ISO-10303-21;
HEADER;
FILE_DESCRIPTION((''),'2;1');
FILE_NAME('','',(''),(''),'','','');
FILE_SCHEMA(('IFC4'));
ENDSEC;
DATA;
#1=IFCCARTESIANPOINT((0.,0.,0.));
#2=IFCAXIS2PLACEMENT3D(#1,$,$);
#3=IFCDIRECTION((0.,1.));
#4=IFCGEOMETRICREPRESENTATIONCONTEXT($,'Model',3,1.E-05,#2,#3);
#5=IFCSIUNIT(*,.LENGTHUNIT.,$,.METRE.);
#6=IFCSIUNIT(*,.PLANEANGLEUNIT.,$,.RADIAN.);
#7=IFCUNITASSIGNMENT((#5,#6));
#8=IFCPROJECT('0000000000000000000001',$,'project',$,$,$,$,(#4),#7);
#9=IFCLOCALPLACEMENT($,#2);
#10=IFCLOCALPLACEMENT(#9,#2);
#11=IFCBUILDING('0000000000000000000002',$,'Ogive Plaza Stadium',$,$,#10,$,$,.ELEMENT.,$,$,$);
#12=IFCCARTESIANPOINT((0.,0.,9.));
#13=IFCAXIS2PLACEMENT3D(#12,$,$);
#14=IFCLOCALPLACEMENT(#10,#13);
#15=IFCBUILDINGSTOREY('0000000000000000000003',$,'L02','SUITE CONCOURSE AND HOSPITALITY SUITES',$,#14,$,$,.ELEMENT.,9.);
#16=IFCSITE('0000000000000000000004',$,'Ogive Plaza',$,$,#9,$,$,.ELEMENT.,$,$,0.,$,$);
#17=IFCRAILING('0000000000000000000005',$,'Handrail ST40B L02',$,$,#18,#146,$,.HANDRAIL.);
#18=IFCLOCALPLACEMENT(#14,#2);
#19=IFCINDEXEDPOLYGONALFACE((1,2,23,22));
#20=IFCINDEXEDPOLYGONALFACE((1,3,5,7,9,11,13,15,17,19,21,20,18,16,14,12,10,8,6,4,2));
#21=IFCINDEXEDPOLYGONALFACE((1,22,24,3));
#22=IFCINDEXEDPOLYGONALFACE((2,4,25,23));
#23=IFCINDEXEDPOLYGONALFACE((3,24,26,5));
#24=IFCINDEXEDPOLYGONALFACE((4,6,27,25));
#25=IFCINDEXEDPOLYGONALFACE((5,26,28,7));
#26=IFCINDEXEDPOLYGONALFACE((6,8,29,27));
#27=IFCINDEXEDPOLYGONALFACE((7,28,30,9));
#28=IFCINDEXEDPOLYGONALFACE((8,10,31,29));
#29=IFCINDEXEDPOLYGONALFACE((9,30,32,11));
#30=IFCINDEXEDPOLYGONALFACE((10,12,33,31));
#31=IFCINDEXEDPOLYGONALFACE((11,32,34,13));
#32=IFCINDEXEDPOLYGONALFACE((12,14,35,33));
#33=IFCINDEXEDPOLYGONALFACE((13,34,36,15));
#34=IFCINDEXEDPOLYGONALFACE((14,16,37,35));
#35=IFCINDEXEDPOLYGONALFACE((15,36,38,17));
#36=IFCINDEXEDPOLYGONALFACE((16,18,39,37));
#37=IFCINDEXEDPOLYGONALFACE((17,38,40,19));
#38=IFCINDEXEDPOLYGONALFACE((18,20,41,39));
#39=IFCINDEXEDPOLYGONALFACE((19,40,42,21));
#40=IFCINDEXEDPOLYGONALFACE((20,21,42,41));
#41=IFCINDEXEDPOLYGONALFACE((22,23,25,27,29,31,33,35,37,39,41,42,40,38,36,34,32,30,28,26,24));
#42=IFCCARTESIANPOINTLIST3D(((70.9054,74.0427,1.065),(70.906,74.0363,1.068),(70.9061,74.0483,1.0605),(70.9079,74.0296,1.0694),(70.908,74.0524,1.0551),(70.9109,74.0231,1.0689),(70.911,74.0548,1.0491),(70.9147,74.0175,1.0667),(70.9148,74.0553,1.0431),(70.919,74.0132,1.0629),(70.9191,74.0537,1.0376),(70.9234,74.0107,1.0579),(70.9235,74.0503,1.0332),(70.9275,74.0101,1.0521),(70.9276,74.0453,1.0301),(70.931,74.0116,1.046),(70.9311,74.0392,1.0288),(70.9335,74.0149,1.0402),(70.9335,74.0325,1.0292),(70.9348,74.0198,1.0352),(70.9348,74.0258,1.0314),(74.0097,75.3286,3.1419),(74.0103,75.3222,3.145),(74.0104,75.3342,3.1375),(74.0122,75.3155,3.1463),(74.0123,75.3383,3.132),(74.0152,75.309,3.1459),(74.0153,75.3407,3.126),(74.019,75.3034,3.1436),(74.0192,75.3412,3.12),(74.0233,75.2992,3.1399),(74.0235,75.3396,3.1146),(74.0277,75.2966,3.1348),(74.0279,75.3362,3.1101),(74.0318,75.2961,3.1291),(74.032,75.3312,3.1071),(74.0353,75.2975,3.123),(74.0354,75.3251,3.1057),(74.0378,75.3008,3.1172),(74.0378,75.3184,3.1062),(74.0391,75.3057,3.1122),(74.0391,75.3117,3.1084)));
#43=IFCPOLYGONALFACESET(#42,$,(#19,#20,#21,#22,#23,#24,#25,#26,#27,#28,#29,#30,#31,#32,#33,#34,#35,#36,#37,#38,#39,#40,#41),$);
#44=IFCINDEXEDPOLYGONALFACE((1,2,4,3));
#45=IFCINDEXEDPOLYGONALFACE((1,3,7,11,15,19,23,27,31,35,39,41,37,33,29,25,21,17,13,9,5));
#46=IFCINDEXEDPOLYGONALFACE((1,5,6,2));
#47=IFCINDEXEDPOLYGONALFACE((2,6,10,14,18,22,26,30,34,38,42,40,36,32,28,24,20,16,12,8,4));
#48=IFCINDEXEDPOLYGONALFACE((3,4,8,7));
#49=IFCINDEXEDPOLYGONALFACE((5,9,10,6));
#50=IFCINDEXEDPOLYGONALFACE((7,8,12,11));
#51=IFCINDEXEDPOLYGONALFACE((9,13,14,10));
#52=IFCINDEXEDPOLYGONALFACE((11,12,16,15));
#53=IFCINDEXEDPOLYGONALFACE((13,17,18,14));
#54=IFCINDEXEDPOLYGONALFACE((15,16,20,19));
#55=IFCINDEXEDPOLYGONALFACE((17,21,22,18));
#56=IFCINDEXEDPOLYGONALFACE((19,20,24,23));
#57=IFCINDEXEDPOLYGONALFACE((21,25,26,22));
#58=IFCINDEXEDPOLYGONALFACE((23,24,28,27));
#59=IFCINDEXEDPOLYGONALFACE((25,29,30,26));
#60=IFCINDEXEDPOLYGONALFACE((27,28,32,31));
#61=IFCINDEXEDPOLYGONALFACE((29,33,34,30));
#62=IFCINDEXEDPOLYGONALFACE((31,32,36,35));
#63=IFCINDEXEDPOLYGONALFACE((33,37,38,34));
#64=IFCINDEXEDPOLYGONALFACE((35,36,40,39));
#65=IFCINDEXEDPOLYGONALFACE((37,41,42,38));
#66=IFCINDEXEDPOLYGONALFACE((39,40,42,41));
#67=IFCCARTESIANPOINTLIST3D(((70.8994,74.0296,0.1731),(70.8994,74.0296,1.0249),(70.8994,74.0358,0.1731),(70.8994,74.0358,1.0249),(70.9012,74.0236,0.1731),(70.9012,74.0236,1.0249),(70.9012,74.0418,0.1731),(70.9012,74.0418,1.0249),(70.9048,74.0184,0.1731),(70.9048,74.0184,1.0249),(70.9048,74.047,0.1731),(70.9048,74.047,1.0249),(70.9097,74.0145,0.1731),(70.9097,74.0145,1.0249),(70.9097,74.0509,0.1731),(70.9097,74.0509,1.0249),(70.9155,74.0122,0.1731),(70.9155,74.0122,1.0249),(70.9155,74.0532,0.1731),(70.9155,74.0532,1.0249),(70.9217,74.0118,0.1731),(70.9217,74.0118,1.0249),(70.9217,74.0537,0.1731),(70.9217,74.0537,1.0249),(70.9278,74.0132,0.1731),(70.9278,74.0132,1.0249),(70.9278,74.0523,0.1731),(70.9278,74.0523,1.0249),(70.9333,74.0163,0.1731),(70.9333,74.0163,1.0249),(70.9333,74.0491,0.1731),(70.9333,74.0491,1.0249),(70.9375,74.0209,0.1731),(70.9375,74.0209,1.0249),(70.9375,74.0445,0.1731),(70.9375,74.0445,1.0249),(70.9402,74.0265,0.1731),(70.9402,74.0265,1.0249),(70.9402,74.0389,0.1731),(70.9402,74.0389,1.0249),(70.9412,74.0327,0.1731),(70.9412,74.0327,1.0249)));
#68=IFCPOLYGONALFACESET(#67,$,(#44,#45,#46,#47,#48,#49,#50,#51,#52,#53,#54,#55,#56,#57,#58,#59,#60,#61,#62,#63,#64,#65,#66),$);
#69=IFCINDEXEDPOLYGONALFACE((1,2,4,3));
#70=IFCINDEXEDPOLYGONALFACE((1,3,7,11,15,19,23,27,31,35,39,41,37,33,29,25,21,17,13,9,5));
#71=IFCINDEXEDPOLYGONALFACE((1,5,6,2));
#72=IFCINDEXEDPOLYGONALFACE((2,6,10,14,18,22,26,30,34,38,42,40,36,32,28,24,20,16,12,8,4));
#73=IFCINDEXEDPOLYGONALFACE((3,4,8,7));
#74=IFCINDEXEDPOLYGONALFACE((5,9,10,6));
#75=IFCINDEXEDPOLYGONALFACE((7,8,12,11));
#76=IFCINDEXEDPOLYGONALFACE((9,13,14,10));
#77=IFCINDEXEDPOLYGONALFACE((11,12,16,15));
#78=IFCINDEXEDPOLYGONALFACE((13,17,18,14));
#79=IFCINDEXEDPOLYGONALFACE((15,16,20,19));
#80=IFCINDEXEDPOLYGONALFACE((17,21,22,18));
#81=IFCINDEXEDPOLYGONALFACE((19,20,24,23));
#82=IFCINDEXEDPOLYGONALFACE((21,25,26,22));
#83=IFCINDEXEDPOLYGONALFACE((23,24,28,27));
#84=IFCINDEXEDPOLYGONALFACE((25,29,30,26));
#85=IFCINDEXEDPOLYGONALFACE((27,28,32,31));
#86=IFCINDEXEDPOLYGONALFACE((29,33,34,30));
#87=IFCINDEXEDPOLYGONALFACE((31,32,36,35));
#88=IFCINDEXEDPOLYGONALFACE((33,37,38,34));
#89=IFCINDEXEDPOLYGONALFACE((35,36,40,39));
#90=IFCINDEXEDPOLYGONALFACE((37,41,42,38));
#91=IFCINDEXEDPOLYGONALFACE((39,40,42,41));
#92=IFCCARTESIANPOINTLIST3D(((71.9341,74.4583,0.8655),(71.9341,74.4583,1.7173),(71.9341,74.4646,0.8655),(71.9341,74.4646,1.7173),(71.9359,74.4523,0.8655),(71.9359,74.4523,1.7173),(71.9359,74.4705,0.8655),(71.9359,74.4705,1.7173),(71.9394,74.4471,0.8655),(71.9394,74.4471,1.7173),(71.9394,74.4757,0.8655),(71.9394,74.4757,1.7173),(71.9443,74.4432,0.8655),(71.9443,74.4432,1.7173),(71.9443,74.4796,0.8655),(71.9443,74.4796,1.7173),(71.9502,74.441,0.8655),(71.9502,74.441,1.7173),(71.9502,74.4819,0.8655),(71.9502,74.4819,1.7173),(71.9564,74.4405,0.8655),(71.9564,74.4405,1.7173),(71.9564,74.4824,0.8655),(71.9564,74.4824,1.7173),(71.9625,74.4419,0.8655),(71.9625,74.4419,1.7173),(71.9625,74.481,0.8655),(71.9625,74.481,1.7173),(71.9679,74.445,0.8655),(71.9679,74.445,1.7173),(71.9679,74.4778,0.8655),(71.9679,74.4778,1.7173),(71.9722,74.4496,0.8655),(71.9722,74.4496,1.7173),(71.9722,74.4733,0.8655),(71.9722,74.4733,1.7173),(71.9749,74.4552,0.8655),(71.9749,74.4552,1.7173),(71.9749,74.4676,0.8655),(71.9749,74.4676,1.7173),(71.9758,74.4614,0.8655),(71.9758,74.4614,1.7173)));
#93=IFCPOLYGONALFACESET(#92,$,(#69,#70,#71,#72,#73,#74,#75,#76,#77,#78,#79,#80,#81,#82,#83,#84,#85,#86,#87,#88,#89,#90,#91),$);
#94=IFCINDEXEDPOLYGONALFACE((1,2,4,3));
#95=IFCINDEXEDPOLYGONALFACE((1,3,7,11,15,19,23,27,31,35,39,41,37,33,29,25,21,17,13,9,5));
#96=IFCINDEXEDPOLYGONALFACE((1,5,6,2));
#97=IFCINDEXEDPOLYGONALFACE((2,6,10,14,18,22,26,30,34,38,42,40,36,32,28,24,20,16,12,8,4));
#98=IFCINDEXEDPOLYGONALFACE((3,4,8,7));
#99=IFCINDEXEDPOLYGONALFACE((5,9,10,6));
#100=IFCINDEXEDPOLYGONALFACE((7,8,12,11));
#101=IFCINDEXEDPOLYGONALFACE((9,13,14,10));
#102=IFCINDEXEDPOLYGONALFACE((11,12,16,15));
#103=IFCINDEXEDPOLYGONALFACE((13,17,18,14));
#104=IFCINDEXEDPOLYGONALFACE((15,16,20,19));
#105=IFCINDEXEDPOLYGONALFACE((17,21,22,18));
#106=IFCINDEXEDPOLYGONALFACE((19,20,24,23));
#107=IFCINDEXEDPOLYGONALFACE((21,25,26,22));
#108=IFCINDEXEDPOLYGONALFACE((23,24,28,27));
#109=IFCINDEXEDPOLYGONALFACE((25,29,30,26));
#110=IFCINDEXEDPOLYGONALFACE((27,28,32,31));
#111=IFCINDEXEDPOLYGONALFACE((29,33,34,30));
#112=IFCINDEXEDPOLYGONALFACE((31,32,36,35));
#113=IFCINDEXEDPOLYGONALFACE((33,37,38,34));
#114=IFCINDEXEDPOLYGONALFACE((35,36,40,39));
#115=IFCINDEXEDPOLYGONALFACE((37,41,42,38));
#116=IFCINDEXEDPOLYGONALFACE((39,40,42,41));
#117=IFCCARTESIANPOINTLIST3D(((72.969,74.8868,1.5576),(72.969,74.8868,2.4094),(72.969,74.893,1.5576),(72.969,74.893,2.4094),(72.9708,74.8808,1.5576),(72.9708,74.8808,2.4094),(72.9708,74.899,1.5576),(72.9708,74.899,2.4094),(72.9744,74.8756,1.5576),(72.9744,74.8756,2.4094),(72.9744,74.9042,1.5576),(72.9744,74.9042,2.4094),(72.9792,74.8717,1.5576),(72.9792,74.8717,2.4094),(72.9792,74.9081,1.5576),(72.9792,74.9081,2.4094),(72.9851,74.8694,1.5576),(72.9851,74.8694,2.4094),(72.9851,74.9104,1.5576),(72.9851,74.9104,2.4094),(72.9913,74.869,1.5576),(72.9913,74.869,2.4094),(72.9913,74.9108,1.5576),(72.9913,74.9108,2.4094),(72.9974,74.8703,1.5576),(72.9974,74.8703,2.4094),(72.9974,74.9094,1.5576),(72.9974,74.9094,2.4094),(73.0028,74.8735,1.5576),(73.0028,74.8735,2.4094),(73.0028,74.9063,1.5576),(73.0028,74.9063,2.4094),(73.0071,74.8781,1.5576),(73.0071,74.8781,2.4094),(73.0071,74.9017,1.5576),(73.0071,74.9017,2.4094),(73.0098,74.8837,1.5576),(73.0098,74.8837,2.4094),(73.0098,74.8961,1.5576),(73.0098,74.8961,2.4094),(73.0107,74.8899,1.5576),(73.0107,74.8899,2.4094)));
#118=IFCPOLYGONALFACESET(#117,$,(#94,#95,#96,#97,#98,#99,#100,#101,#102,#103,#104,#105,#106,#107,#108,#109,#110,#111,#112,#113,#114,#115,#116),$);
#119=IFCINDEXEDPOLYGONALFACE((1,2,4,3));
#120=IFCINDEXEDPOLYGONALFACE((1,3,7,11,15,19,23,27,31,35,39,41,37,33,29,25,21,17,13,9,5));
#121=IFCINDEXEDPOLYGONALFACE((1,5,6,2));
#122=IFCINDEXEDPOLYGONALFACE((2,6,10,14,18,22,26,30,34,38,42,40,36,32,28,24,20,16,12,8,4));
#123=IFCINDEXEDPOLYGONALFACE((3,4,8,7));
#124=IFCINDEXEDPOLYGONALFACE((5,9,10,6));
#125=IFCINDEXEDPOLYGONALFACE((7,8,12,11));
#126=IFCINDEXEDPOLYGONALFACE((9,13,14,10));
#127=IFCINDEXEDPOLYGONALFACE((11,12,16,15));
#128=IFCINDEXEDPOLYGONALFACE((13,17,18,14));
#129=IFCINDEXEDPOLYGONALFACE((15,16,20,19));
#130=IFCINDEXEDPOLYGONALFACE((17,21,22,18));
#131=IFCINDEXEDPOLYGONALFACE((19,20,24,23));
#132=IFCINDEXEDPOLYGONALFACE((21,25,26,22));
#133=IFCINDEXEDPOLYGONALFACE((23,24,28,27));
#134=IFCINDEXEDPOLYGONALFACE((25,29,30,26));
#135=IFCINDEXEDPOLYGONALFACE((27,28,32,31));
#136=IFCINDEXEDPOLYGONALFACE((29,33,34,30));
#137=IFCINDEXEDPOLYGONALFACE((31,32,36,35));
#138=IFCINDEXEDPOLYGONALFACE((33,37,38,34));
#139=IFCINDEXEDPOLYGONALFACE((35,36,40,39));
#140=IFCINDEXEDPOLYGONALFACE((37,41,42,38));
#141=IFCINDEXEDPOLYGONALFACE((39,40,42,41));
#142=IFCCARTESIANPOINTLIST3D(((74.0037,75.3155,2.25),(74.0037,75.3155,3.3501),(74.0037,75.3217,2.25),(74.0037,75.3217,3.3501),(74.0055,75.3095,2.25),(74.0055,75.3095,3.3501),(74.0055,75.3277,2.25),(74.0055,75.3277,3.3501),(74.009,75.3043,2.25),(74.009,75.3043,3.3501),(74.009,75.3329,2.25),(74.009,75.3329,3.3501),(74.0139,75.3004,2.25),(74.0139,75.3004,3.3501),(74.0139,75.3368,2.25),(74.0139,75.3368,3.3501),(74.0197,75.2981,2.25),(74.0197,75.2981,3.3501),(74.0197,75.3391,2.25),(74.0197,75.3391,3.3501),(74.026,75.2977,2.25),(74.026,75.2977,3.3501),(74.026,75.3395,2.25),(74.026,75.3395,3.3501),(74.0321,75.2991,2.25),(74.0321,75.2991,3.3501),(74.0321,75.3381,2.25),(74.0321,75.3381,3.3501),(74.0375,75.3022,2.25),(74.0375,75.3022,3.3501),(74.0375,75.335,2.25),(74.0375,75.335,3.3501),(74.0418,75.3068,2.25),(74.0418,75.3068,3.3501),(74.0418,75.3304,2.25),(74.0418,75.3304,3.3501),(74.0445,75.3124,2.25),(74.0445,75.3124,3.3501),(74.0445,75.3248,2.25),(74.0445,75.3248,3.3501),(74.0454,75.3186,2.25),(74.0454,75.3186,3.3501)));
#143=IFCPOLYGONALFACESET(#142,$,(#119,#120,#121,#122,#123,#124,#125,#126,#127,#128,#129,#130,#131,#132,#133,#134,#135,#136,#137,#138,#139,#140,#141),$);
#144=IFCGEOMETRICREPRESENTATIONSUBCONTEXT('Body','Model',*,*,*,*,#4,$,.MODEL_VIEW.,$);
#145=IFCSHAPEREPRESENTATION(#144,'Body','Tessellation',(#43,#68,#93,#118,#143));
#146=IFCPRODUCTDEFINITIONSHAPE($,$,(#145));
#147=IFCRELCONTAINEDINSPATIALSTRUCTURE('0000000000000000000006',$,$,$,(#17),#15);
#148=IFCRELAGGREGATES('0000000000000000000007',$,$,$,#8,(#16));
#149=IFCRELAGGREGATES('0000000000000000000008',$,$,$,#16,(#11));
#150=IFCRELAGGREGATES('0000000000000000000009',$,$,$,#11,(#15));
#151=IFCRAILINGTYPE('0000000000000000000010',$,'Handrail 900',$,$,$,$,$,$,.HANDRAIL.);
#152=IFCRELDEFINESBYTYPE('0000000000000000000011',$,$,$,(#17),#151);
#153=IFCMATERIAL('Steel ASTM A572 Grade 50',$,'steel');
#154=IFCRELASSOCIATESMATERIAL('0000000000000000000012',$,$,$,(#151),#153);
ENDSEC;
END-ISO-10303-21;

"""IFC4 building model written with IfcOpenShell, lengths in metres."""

from ifc_helpers import new_model, si_unit, direction, frame, origin, origin_2d, place, context, subcontext, project, spatial, circle, extrude, material, type_object, element, save


model = new_model("IFC4")

# Units and contexts
model_context = context("Model", 3, precision=1e-05, world=origin(), true_north=direction((0.0, 1.0)))
body_context = subcontext(model_context, "Body", "Model", "MODEL_VIEW")
ifc_project = project(units=[si_unit("LENGTHUNIT", "METRE"), si_unit("PLANEANGLEUNIT", "RADIAN")], contexts=[model_context])

# Site, building, storey
site_placement = place(None, origin())
site = spatial("IfcSite", under=ifc_project, at=site_placement, Name="Ogive Plaza", CompositionType="ELEMENT", RefElevation=0.0)
building_placement = place(site_placement, origin())
building = spatial("IfcBuilding", under=site, at=building_placement, Name="Ogive Plaza Stadium", CompositionType="ELEMENT")
storey_placement = place(building_placement, frame((0.0, 0.0, 9.0)))
storey = spatial("IfcBuildingStorey", under=building, at=storey_placement, Name="L02", Description="SUITE CONCOURSE AND HOSPITALITY SUITES", CompositionType="ELEMENT", Elevation=9.0)

# Railing
ifc_material_1 = material(Name="Steel ASTM A572 Grade 50", Category="steel")
railing_type_1 = type_object("IfcRailingType", Name="Handrail 900", PredefinedType="HANDRAIL", material=ifc_material_1)
railing_1_placement = place(storey_placement, frame((70.9202, 74.0327, 0.1731)))
element("IfcRailing", 1, at=railing_1_placement, inside=storey, type_object=railing_type_1, Name="Handrail ST40B L02", PredefinedType="HANDRAIL", context=body_context, shape_type="SweptSolid", body=[
    extrude(circle(Radius=0.0239, at=origin_2d()), frame((0.0, 0.0, 0.876), z_axis=(0.785863, 0.325532, 0.525783), x_axis=(-0.3827, 0.923872, 0.0)), (0.0, 0.0, 1.0), 3.9502),
    extrude(circle(Radius=0.021, at=origin_2d()), origin(), (0.0, 0.0, 1.0), 0.8518),
    extrude(circle(Radius=0.021, at=origin_2d()), frame((1.0347, 0.4287, 0.6924)), (0.0, 0.0, 1.0), 0.8518),
    extrude(circle(Radius=0.021, at=origin_2d()), frame((2.0696, 0.8572, 1.3845)), (0.0, 0.0, 1.0), 0.8518),
    extrude(circle(Radius=0.021, at=origin_2d()), frame((3.1042, 1.2859, 2.0769)), (0.0, 0.0, 1.0), 1.1001),
])

save(model, "model.ifc")
